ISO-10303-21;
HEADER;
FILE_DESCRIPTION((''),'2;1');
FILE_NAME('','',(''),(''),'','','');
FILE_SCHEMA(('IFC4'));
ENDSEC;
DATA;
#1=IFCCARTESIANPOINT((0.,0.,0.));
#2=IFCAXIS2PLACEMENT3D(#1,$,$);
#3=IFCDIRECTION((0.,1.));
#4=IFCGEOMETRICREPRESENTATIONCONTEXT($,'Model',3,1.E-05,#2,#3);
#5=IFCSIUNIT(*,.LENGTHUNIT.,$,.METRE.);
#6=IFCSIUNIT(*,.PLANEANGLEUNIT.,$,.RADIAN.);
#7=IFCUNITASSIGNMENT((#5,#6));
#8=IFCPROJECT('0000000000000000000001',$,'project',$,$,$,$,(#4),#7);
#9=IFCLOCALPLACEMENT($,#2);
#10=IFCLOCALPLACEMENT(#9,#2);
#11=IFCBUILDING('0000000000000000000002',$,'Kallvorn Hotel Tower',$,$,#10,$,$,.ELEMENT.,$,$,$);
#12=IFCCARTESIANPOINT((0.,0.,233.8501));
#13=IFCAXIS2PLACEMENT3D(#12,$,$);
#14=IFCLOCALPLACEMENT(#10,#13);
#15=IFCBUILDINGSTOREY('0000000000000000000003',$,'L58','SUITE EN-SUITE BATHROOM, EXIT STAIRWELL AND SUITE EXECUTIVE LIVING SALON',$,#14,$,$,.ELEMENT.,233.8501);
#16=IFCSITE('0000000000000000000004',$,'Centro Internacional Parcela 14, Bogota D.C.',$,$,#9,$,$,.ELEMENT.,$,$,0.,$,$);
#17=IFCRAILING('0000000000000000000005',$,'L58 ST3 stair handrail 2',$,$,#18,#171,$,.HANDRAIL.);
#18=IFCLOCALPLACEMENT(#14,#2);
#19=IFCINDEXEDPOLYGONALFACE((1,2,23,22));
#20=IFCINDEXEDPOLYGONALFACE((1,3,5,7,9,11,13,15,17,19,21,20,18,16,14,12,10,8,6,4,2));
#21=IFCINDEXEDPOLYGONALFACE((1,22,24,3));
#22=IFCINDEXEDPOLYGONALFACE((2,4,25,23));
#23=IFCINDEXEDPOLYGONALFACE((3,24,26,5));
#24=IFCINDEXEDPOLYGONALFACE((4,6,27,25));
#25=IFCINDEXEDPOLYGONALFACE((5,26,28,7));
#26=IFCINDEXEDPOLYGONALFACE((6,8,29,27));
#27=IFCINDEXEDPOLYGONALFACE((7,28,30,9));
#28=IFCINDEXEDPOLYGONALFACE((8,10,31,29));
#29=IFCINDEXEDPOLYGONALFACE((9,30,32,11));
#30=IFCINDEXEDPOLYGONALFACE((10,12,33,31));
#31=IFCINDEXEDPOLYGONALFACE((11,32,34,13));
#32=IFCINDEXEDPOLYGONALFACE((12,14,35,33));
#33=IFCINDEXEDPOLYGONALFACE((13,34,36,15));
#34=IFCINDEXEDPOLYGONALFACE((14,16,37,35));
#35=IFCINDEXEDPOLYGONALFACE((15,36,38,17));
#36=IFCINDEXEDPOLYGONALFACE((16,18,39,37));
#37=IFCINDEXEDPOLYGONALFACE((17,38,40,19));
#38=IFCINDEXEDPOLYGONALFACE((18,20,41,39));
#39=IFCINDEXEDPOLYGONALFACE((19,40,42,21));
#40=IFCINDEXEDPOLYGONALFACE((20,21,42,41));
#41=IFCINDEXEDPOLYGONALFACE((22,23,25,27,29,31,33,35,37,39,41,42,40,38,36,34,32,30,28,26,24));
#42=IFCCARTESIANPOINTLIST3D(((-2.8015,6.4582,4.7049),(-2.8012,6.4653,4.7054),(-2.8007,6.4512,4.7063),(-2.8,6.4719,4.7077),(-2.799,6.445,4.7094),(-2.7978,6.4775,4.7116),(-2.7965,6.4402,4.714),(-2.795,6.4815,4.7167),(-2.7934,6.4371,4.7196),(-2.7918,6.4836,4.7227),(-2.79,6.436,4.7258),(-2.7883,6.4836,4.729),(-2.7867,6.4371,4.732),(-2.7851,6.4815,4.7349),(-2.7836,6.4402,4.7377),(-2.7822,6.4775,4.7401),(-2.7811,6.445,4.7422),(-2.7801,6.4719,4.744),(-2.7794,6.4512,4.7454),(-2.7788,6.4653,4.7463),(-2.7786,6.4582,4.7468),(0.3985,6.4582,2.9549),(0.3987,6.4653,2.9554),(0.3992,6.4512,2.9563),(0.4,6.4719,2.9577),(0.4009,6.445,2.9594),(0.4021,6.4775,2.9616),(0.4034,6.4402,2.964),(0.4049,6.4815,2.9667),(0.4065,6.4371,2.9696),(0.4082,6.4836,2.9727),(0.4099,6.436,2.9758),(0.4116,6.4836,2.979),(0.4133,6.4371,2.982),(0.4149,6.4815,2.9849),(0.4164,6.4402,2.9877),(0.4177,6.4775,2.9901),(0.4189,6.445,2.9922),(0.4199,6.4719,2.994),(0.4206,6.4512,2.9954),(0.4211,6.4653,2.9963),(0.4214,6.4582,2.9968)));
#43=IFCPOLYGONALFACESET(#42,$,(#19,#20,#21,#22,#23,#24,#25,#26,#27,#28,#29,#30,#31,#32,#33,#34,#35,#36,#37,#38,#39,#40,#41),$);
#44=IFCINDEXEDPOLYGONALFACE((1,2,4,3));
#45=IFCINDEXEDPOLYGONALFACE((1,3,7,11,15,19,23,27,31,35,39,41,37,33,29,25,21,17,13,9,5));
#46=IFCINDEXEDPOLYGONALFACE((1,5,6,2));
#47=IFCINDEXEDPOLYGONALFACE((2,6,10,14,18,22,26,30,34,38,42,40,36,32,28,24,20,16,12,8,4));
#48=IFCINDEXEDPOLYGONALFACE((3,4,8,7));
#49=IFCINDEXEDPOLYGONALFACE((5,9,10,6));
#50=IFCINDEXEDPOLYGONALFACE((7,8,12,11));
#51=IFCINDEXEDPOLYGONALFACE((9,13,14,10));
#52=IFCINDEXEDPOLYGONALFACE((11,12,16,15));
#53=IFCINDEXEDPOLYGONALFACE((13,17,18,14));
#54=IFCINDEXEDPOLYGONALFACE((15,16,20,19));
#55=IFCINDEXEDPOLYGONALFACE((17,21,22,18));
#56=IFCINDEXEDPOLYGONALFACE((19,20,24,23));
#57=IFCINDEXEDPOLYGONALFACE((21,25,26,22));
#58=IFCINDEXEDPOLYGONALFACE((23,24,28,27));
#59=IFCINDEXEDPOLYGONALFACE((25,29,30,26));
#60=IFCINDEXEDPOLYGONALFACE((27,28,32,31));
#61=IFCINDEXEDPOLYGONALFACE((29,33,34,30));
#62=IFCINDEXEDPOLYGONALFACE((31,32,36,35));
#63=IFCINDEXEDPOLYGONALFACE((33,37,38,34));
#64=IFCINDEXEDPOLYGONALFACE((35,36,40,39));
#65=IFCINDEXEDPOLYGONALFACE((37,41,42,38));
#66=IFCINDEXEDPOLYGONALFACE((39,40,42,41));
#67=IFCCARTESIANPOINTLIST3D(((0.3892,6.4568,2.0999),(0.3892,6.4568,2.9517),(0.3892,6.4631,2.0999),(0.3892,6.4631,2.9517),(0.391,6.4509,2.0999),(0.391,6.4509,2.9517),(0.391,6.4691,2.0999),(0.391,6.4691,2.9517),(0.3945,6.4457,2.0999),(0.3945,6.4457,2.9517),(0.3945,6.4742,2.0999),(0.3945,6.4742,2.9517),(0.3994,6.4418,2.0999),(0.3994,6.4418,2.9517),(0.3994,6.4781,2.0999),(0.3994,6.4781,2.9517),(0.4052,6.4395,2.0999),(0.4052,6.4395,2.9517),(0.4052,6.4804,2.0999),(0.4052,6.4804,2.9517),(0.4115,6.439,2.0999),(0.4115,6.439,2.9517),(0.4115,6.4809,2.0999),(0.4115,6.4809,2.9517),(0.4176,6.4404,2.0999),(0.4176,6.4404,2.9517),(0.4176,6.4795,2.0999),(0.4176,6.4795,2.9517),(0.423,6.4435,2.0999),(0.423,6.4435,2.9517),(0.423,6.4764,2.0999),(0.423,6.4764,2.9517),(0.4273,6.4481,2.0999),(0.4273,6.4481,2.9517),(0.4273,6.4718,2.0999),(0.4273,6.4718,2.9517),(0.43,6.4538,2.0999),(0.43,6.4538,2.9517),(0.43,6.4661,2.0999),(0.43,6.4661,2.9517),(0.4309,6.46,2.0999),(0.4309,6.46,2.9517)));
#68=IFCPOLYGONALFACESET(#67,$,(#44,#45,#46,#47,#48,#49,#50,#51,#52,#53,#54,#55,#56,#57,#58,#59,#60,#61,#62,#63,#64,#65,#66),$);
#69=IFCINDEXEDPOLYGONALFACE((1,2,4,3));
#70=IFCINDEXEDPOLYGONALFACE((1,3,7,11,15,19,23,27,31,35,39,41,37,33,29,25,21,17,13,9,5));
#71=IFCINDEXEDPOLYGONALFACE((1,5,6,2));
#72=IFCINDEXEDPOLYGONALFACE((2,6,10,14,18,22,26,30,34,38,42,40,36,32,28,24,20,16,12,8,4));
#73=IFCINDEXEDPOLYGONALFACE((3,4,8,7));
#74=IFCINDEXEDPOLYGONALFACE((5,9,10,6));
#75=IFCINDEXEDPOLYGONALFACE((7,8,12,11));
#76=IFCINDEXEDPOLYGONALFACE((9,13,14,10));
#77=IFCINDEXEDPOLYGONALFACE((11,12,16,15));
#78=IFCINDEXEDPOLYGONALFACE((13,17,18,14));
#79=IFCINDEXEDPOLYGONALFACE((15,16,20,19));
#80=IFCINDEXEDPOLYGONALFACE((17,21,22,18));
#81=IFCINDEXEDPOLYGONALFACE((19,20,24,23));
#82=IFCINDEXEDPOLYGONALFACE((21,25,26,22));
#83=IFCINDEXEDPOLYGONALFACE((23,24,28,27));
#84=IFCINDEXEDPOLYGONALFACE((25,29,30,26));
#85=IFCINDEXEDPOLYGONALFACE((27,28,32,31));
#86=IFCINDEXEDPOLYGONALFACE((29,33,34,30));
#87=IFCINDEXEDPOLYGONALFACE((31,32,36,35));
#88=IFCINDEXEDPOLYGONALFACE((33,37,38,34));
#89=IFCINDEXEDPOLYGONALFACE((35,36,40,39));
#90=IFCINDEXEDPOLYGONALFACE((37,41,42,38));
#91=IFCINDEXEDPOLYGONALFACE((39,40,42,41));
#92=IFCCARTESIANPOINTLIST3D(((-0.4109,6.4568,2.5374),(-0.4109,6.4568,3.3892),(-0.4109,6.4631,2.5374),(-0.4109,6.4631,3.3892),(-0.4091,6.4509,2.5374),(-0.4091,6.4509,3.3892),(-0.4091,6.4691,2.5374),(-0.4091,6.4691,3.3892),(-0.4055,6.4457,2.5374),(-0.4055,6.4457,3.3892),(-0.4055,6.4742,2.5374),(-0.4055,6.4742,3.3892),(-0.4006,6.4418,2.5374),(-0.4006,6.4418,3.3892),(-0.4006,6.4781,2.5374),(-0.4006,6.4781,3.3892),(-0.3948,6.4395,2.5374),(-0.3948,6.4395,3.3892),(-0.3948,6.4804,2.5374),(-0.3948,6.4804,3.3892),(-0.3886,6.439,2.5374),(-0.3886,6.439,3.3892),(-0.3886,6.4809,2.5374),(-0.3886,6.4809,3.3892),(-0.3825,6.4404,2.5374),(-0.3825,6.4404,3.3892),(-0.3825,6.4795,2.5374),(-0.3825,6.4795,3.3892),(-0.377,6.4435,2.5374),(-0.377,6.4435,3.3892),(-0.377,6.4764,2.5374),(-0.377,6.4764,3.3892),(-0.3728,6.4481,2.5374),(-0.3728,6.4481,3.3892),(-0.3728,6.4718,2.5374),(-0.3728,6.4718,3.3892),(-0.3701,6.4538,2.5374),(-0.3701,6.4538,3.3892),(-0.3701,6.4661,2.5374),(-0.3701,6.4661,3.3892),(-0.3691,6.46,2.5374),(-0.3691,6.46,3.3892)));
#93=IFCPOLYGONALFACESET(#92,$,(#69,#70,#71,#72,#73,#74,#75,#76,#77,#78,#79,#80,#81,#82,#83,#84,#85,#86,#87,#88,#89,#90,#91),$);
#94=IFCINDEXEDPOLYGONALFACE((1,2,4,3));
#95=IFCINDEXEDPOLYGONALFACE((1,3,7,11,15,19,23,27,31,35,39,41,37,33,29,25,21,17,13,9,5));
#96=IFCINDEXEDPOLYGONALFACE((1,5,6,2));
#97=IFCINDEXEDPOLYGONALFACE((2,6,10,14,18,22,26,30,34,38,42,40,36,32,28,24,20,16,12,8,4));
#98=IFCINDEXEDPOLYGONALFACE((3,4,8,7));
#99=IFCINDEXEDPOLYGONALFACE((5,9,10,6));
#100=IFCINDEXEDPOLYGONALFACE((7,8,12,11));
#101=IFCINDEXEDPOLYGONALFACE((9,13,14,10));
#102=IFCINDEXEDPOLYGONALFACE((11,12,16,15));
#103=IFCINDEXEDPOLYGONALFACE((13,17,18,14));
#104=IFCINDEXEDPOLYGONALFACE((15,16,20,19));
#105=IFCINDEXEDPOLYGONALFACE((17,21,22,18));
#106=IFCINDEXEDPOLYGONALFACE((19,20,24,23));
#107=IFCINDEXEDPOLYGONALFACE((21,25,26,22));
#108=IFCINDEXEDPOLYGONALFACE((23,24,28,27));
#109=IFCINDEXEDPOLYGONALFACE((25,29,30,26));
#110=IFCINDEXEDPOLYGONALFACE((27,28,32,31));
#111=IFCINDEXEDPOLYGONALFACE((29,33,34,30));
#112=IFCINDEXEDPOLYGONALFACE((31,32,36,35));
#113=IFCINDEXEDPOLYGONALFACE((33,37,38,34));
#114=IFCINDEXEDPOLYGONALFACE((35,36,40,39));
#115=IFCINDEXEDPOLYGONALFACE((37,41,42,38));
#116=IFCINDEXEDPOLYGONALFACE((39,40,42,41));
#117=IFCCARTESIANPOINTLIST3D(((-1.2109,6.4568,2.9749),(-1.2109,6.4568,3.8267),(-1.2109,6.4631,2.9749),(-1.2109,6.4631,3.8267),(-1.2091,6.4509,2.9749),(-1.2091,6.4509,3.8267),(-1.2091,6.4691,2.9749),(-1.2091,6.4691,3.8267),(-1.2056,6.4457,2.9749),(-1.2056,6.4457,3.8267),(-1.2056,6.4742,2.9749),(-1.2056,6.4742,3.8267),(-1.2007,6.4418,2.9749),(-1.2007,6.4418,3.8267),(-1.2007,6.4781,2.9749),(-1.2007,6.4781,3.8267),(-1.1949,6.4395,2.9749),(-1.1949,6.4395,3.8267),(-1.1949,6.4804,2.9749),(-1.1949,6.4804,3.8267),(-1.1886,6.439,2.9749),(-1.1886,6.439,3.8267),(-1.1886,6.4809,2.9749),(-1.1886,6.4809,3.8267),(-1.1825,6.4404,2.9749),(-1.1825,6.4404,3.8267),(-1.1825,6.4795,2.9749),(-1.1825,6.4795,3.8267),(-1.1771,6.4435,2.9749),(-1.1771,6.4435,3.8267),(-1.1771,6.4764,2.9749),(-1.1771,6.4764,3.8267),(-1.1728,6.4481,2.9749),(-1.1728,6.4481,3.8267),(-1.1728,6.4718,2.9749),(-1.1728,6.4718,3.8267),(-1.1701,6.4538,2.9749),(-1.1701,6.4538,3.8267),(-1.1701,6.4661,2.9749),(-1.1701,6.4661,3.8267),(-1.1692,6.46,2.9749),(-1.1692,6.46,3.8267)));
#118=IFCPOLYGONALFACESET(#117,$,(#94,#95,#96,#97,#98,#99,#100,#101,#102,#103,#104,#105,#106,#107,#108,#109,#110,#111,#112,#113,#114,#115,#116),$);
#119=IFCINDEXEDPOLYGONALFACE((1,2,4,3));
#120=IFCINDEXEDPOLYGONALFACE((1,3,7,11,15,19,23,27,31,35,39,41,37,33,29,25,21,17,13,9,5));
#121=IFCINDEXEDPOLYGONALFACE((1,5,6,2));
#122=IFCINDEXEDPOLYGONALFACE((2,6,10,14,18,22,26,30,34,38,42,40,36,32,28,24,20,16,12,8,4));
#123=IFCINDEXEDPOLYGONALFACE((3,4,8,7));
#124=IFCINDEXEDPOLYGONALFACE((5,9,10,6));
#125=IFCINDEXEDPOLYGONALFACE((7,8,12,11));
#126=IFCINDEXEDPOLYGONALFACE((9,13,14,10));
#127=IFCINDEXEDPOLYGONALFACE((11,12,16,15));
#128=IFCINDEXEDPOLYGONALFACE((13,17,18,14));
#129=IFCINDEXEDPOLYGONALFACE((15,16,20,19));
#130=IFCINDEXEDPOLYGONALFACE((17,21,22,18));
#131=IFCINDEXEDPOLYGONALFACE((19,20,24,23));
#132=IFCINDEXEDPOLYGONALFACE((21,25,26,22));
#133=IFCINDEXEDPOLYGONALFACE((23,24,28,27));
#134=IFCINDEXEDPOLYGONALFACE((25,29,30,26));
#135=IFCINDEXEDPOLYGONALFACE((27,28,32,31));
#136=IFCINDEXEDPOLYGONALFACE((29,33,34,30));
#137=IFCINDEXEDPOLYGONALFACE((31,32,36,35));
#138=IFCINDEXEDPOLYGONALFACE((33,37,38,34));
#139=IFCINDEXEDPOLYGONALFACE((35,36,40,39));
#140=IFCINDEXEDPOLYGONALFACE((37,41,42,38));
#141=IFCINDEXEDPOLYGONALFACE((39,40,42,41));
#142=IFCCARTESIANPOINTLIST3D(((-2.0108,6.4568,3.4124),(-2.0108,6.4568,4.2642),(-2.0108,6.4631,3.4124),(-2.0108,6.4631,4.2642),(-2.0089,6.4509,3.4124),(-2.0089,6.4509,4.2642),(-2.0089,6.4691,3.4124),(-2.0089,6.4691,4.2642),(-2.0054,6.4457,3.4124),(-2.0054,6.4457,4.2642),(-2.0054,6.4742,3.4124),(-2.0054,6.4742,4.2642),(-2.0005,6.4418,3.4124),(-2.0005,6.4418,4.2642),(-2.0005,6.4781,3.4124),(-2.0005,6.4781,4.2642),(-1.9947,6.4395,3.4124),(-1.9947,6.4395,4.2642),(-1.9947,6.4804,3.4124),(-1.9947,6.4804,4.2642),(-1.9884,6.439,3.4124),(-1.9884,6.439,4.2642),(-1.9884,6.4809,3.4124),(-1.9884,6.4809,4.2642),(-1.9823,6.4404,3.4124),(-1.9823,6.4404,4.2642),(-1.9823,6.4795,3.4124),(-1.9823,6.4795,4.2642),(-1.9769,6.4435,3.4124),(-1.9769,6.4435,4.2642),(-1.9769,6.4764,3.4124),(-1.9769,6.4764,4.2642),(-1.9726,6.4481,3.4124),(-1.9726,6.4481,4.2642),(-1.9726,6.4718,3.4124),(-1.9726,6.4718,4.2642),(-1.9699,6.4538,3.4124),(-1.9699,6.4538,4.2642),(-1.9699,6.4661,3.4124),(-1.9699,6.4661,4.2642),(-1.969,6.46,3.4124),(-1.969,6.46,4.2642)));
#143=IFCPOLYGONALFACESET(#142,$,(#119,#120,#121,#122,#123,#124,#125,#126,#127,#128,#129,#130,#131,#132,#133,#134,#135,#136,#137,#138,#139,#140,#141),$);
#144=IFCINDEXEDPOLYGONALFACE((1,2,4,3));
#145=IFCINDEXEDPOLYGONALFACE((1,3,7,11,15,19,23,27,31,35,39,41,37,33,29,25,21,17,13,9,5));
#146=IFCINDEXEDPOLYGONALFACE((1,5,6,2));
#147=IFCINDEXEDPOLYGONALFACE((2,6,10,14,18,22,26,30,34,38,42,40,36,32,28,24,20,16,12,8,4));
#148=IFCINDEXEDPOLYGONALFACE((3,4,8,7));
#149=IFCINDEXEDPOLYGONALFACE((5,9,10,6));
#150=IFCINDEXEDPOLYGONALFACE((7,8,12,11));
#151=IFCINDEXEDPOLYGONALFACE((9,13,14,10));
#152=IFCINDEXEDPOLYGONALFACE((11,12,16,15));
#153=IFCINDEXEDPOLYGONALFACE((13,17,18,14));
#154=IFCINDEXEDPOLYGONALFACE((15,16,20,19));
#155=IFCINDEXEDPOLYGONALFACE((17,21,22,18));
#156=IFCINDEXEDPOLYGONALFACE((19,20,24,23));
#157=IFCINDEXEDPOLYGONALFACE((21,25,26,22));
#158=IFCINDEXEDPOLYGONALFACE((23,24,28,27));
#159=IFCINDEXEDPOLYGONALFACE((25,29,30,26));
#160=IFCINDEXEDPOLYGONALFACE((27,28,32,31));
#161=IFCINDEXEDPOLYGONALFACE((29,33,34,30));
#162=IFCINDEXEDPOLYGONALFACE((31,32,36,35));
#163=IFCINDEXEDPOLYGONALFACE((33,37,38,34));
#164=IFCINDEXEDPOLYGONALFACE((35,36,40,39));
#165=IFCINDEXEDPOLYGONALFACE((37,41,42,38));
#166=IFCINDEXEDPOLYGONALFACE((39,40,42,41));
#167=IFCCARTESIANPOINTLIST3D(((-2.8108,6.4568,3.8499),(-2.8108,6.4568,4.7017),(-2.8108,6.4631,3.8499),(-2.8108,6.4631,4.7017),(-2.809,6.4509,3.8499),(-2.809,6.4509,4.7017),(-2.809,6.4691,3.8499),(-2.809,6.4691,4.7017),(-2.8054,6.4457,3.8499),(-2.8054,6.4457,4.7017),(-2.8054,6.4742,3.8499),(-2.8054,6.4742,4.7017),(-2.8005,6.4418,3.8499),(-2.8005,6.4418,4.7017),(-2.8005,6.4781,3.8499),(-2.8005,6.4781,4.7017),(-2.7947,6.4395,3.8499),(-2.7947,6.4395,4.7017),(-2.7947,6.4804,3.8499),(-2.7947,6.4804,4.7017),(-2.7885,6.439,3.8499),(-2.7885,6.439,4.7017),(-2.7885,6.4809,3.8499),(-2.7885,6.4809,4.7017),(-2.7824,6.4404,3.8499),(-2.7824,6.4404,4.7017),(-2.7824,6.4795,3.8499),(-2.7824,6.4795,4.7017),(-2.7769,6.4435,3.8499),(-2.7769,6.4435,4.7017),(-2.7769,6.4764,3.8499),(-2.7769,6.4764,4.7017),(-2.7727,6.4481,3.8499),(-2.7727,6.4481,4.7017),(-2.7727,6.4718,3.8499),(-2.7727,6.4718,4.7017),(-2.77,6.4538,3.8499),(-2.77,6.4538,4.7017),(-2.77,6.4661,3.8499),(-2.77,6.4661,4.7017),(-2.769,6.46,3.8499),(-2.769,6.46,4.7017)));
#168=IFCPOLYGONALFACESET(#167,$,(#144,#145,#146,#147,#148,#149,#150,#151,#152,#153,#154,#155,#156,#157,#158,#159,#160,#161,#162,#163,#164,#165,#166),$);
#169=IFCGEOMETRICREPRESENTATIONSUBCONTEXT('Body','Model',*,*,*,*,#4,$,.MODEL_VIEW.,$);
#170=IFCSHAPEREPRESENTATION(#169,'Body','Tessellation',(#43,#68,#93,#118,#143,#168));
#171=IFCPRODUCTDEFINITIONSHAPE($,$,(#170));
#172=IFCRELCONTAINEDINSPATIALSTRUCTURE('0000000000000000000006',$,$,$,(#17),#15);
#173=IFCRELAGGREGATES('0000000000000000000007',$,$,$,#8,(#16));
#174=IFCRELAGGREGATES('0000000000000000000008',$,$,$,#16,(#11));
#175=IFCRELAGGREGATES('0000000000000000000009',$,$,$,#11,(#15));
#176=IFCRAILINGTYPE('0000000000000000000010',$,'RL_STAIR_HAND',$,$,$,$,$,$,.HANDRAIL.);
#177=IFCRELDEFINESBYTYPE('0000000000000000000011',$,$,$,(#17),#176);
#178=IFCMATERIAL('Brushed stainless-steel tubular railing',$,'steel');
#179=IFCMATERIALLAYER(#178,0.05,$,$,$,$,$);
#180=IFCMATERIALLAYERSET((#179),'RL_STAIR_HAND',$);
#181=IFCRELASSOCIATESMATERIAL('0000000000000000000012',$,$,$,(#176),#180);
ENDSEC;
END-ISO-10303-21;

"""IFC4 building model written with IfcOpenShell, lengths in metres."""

from ifc_helpers import new_model, si_unit, direction, frame, origin, origin_2d, place, context, subcontext, project, spatial, circle, extrude, material, layer, layer_set, type_object, element, save


model = new_model("IFC4")

# Units and contexts
model_context = context("Model", 3, precision=1e-05, world=origin(), true_north=direction((0.0, 1.0)))
body_context = subcontext(model_context, "Body", "Model", "MODEL_VIEW")
ifc_project = project(units=[si_unit("LENGTHUNIT", "METRE"), si_unit("PLANEANGLEUNIT", "RADIAN")], contexts=[model_context])

# Site, building, storey
site_placement = place(None, origin())
site = spatial("IfcSite", under=ifc_project, at=site_placement, Name="Centro Internacional Parcela 14, Bogota D.C.", CompositionType="ELEMENT", RefElevation=0.0)
building_placement = place(site_placement, origin())
building = spatial("IfcBuilding", under=site, at=building_placement, Name="Kallvorn Hotel Tower", CompositionType="ELEMENT")
storey_placement = place(building_placement, frame((0.0, 0.0, 233.8501)))
storey = spatial("IfcBuildingStorey", under=building, at=storey_placement, Name="L58", Description="SUITE EN-SUITE BATHROOM, EXIT STAIRWELL AND SUITE EXECUTIVE LIVING SALON", CompositionType="ELEMENT", Elevation=233.8501)

# Railing
ifc_material_1 = material(Name="Brushed stainless-steel tubular railing", Category="steel")
ifc_layer_1 = layer(ifc_material_1, 0.05)
ifc_layer_set_1 = layer_set([ifc_layer_1], Name="RL_STAIR_HAND")
railing_type_1 = type_object("IfcRailingType", Name="RL_STAIR_HAND", PredefinedType="HANDRAIL", material=ifc_layer_set_1)
railing_1_placement = place(storey_placement, frame((0.4099, 6.46, 2.0999)))
element("IfcRailing", 1, at=railing_1_placement, inside=storey, type_object=railing_type_1, Name="L58 ST3 stair handrail 2", PredefinedType="HANDRAIL", context=body_context, shape_type="SweptSolid", body=[
    extrude(circle(Radius=0.0239, at=origin_2d()), frame((0.0, 0.0, 0.876), z_axis=(-0.877368, 0.0, 0.479818), x_axis=(0.0, -1.0, 0.0)), (0.0, 0.0, 1.0), 3.6472),
    extrude(circle(Radius=0.021, at=origin_2d()), origin(), (0.0, 0.0, 1.0), 0.8518),
    extrude(circle(Radius=0.021, at=origin_2d()), frame((-0.8, 0.0, 0.4375)), (0.0, 0.0, 1.0), 0.8518),
    extrude(circle(Radius=0.021, at=origin_2d()), frame((-1.6001, 0.0, 0.875)), (0.0, 0.0, 1.0), 0.8518),
    extrude(circle(Radius=0.021, at=origin_2d()), frame((-2.3999, 0.0, 1.3125)), (0.0, 0.0, 1.0), 0.8518),
    extrude(circle(Radius=0.021, at=origin_2d()), frame((-3.2, 0.0, 1.75)), (0.0, 0.0, 1.0), 0.8518),
])

save(model, "model.ifc")
